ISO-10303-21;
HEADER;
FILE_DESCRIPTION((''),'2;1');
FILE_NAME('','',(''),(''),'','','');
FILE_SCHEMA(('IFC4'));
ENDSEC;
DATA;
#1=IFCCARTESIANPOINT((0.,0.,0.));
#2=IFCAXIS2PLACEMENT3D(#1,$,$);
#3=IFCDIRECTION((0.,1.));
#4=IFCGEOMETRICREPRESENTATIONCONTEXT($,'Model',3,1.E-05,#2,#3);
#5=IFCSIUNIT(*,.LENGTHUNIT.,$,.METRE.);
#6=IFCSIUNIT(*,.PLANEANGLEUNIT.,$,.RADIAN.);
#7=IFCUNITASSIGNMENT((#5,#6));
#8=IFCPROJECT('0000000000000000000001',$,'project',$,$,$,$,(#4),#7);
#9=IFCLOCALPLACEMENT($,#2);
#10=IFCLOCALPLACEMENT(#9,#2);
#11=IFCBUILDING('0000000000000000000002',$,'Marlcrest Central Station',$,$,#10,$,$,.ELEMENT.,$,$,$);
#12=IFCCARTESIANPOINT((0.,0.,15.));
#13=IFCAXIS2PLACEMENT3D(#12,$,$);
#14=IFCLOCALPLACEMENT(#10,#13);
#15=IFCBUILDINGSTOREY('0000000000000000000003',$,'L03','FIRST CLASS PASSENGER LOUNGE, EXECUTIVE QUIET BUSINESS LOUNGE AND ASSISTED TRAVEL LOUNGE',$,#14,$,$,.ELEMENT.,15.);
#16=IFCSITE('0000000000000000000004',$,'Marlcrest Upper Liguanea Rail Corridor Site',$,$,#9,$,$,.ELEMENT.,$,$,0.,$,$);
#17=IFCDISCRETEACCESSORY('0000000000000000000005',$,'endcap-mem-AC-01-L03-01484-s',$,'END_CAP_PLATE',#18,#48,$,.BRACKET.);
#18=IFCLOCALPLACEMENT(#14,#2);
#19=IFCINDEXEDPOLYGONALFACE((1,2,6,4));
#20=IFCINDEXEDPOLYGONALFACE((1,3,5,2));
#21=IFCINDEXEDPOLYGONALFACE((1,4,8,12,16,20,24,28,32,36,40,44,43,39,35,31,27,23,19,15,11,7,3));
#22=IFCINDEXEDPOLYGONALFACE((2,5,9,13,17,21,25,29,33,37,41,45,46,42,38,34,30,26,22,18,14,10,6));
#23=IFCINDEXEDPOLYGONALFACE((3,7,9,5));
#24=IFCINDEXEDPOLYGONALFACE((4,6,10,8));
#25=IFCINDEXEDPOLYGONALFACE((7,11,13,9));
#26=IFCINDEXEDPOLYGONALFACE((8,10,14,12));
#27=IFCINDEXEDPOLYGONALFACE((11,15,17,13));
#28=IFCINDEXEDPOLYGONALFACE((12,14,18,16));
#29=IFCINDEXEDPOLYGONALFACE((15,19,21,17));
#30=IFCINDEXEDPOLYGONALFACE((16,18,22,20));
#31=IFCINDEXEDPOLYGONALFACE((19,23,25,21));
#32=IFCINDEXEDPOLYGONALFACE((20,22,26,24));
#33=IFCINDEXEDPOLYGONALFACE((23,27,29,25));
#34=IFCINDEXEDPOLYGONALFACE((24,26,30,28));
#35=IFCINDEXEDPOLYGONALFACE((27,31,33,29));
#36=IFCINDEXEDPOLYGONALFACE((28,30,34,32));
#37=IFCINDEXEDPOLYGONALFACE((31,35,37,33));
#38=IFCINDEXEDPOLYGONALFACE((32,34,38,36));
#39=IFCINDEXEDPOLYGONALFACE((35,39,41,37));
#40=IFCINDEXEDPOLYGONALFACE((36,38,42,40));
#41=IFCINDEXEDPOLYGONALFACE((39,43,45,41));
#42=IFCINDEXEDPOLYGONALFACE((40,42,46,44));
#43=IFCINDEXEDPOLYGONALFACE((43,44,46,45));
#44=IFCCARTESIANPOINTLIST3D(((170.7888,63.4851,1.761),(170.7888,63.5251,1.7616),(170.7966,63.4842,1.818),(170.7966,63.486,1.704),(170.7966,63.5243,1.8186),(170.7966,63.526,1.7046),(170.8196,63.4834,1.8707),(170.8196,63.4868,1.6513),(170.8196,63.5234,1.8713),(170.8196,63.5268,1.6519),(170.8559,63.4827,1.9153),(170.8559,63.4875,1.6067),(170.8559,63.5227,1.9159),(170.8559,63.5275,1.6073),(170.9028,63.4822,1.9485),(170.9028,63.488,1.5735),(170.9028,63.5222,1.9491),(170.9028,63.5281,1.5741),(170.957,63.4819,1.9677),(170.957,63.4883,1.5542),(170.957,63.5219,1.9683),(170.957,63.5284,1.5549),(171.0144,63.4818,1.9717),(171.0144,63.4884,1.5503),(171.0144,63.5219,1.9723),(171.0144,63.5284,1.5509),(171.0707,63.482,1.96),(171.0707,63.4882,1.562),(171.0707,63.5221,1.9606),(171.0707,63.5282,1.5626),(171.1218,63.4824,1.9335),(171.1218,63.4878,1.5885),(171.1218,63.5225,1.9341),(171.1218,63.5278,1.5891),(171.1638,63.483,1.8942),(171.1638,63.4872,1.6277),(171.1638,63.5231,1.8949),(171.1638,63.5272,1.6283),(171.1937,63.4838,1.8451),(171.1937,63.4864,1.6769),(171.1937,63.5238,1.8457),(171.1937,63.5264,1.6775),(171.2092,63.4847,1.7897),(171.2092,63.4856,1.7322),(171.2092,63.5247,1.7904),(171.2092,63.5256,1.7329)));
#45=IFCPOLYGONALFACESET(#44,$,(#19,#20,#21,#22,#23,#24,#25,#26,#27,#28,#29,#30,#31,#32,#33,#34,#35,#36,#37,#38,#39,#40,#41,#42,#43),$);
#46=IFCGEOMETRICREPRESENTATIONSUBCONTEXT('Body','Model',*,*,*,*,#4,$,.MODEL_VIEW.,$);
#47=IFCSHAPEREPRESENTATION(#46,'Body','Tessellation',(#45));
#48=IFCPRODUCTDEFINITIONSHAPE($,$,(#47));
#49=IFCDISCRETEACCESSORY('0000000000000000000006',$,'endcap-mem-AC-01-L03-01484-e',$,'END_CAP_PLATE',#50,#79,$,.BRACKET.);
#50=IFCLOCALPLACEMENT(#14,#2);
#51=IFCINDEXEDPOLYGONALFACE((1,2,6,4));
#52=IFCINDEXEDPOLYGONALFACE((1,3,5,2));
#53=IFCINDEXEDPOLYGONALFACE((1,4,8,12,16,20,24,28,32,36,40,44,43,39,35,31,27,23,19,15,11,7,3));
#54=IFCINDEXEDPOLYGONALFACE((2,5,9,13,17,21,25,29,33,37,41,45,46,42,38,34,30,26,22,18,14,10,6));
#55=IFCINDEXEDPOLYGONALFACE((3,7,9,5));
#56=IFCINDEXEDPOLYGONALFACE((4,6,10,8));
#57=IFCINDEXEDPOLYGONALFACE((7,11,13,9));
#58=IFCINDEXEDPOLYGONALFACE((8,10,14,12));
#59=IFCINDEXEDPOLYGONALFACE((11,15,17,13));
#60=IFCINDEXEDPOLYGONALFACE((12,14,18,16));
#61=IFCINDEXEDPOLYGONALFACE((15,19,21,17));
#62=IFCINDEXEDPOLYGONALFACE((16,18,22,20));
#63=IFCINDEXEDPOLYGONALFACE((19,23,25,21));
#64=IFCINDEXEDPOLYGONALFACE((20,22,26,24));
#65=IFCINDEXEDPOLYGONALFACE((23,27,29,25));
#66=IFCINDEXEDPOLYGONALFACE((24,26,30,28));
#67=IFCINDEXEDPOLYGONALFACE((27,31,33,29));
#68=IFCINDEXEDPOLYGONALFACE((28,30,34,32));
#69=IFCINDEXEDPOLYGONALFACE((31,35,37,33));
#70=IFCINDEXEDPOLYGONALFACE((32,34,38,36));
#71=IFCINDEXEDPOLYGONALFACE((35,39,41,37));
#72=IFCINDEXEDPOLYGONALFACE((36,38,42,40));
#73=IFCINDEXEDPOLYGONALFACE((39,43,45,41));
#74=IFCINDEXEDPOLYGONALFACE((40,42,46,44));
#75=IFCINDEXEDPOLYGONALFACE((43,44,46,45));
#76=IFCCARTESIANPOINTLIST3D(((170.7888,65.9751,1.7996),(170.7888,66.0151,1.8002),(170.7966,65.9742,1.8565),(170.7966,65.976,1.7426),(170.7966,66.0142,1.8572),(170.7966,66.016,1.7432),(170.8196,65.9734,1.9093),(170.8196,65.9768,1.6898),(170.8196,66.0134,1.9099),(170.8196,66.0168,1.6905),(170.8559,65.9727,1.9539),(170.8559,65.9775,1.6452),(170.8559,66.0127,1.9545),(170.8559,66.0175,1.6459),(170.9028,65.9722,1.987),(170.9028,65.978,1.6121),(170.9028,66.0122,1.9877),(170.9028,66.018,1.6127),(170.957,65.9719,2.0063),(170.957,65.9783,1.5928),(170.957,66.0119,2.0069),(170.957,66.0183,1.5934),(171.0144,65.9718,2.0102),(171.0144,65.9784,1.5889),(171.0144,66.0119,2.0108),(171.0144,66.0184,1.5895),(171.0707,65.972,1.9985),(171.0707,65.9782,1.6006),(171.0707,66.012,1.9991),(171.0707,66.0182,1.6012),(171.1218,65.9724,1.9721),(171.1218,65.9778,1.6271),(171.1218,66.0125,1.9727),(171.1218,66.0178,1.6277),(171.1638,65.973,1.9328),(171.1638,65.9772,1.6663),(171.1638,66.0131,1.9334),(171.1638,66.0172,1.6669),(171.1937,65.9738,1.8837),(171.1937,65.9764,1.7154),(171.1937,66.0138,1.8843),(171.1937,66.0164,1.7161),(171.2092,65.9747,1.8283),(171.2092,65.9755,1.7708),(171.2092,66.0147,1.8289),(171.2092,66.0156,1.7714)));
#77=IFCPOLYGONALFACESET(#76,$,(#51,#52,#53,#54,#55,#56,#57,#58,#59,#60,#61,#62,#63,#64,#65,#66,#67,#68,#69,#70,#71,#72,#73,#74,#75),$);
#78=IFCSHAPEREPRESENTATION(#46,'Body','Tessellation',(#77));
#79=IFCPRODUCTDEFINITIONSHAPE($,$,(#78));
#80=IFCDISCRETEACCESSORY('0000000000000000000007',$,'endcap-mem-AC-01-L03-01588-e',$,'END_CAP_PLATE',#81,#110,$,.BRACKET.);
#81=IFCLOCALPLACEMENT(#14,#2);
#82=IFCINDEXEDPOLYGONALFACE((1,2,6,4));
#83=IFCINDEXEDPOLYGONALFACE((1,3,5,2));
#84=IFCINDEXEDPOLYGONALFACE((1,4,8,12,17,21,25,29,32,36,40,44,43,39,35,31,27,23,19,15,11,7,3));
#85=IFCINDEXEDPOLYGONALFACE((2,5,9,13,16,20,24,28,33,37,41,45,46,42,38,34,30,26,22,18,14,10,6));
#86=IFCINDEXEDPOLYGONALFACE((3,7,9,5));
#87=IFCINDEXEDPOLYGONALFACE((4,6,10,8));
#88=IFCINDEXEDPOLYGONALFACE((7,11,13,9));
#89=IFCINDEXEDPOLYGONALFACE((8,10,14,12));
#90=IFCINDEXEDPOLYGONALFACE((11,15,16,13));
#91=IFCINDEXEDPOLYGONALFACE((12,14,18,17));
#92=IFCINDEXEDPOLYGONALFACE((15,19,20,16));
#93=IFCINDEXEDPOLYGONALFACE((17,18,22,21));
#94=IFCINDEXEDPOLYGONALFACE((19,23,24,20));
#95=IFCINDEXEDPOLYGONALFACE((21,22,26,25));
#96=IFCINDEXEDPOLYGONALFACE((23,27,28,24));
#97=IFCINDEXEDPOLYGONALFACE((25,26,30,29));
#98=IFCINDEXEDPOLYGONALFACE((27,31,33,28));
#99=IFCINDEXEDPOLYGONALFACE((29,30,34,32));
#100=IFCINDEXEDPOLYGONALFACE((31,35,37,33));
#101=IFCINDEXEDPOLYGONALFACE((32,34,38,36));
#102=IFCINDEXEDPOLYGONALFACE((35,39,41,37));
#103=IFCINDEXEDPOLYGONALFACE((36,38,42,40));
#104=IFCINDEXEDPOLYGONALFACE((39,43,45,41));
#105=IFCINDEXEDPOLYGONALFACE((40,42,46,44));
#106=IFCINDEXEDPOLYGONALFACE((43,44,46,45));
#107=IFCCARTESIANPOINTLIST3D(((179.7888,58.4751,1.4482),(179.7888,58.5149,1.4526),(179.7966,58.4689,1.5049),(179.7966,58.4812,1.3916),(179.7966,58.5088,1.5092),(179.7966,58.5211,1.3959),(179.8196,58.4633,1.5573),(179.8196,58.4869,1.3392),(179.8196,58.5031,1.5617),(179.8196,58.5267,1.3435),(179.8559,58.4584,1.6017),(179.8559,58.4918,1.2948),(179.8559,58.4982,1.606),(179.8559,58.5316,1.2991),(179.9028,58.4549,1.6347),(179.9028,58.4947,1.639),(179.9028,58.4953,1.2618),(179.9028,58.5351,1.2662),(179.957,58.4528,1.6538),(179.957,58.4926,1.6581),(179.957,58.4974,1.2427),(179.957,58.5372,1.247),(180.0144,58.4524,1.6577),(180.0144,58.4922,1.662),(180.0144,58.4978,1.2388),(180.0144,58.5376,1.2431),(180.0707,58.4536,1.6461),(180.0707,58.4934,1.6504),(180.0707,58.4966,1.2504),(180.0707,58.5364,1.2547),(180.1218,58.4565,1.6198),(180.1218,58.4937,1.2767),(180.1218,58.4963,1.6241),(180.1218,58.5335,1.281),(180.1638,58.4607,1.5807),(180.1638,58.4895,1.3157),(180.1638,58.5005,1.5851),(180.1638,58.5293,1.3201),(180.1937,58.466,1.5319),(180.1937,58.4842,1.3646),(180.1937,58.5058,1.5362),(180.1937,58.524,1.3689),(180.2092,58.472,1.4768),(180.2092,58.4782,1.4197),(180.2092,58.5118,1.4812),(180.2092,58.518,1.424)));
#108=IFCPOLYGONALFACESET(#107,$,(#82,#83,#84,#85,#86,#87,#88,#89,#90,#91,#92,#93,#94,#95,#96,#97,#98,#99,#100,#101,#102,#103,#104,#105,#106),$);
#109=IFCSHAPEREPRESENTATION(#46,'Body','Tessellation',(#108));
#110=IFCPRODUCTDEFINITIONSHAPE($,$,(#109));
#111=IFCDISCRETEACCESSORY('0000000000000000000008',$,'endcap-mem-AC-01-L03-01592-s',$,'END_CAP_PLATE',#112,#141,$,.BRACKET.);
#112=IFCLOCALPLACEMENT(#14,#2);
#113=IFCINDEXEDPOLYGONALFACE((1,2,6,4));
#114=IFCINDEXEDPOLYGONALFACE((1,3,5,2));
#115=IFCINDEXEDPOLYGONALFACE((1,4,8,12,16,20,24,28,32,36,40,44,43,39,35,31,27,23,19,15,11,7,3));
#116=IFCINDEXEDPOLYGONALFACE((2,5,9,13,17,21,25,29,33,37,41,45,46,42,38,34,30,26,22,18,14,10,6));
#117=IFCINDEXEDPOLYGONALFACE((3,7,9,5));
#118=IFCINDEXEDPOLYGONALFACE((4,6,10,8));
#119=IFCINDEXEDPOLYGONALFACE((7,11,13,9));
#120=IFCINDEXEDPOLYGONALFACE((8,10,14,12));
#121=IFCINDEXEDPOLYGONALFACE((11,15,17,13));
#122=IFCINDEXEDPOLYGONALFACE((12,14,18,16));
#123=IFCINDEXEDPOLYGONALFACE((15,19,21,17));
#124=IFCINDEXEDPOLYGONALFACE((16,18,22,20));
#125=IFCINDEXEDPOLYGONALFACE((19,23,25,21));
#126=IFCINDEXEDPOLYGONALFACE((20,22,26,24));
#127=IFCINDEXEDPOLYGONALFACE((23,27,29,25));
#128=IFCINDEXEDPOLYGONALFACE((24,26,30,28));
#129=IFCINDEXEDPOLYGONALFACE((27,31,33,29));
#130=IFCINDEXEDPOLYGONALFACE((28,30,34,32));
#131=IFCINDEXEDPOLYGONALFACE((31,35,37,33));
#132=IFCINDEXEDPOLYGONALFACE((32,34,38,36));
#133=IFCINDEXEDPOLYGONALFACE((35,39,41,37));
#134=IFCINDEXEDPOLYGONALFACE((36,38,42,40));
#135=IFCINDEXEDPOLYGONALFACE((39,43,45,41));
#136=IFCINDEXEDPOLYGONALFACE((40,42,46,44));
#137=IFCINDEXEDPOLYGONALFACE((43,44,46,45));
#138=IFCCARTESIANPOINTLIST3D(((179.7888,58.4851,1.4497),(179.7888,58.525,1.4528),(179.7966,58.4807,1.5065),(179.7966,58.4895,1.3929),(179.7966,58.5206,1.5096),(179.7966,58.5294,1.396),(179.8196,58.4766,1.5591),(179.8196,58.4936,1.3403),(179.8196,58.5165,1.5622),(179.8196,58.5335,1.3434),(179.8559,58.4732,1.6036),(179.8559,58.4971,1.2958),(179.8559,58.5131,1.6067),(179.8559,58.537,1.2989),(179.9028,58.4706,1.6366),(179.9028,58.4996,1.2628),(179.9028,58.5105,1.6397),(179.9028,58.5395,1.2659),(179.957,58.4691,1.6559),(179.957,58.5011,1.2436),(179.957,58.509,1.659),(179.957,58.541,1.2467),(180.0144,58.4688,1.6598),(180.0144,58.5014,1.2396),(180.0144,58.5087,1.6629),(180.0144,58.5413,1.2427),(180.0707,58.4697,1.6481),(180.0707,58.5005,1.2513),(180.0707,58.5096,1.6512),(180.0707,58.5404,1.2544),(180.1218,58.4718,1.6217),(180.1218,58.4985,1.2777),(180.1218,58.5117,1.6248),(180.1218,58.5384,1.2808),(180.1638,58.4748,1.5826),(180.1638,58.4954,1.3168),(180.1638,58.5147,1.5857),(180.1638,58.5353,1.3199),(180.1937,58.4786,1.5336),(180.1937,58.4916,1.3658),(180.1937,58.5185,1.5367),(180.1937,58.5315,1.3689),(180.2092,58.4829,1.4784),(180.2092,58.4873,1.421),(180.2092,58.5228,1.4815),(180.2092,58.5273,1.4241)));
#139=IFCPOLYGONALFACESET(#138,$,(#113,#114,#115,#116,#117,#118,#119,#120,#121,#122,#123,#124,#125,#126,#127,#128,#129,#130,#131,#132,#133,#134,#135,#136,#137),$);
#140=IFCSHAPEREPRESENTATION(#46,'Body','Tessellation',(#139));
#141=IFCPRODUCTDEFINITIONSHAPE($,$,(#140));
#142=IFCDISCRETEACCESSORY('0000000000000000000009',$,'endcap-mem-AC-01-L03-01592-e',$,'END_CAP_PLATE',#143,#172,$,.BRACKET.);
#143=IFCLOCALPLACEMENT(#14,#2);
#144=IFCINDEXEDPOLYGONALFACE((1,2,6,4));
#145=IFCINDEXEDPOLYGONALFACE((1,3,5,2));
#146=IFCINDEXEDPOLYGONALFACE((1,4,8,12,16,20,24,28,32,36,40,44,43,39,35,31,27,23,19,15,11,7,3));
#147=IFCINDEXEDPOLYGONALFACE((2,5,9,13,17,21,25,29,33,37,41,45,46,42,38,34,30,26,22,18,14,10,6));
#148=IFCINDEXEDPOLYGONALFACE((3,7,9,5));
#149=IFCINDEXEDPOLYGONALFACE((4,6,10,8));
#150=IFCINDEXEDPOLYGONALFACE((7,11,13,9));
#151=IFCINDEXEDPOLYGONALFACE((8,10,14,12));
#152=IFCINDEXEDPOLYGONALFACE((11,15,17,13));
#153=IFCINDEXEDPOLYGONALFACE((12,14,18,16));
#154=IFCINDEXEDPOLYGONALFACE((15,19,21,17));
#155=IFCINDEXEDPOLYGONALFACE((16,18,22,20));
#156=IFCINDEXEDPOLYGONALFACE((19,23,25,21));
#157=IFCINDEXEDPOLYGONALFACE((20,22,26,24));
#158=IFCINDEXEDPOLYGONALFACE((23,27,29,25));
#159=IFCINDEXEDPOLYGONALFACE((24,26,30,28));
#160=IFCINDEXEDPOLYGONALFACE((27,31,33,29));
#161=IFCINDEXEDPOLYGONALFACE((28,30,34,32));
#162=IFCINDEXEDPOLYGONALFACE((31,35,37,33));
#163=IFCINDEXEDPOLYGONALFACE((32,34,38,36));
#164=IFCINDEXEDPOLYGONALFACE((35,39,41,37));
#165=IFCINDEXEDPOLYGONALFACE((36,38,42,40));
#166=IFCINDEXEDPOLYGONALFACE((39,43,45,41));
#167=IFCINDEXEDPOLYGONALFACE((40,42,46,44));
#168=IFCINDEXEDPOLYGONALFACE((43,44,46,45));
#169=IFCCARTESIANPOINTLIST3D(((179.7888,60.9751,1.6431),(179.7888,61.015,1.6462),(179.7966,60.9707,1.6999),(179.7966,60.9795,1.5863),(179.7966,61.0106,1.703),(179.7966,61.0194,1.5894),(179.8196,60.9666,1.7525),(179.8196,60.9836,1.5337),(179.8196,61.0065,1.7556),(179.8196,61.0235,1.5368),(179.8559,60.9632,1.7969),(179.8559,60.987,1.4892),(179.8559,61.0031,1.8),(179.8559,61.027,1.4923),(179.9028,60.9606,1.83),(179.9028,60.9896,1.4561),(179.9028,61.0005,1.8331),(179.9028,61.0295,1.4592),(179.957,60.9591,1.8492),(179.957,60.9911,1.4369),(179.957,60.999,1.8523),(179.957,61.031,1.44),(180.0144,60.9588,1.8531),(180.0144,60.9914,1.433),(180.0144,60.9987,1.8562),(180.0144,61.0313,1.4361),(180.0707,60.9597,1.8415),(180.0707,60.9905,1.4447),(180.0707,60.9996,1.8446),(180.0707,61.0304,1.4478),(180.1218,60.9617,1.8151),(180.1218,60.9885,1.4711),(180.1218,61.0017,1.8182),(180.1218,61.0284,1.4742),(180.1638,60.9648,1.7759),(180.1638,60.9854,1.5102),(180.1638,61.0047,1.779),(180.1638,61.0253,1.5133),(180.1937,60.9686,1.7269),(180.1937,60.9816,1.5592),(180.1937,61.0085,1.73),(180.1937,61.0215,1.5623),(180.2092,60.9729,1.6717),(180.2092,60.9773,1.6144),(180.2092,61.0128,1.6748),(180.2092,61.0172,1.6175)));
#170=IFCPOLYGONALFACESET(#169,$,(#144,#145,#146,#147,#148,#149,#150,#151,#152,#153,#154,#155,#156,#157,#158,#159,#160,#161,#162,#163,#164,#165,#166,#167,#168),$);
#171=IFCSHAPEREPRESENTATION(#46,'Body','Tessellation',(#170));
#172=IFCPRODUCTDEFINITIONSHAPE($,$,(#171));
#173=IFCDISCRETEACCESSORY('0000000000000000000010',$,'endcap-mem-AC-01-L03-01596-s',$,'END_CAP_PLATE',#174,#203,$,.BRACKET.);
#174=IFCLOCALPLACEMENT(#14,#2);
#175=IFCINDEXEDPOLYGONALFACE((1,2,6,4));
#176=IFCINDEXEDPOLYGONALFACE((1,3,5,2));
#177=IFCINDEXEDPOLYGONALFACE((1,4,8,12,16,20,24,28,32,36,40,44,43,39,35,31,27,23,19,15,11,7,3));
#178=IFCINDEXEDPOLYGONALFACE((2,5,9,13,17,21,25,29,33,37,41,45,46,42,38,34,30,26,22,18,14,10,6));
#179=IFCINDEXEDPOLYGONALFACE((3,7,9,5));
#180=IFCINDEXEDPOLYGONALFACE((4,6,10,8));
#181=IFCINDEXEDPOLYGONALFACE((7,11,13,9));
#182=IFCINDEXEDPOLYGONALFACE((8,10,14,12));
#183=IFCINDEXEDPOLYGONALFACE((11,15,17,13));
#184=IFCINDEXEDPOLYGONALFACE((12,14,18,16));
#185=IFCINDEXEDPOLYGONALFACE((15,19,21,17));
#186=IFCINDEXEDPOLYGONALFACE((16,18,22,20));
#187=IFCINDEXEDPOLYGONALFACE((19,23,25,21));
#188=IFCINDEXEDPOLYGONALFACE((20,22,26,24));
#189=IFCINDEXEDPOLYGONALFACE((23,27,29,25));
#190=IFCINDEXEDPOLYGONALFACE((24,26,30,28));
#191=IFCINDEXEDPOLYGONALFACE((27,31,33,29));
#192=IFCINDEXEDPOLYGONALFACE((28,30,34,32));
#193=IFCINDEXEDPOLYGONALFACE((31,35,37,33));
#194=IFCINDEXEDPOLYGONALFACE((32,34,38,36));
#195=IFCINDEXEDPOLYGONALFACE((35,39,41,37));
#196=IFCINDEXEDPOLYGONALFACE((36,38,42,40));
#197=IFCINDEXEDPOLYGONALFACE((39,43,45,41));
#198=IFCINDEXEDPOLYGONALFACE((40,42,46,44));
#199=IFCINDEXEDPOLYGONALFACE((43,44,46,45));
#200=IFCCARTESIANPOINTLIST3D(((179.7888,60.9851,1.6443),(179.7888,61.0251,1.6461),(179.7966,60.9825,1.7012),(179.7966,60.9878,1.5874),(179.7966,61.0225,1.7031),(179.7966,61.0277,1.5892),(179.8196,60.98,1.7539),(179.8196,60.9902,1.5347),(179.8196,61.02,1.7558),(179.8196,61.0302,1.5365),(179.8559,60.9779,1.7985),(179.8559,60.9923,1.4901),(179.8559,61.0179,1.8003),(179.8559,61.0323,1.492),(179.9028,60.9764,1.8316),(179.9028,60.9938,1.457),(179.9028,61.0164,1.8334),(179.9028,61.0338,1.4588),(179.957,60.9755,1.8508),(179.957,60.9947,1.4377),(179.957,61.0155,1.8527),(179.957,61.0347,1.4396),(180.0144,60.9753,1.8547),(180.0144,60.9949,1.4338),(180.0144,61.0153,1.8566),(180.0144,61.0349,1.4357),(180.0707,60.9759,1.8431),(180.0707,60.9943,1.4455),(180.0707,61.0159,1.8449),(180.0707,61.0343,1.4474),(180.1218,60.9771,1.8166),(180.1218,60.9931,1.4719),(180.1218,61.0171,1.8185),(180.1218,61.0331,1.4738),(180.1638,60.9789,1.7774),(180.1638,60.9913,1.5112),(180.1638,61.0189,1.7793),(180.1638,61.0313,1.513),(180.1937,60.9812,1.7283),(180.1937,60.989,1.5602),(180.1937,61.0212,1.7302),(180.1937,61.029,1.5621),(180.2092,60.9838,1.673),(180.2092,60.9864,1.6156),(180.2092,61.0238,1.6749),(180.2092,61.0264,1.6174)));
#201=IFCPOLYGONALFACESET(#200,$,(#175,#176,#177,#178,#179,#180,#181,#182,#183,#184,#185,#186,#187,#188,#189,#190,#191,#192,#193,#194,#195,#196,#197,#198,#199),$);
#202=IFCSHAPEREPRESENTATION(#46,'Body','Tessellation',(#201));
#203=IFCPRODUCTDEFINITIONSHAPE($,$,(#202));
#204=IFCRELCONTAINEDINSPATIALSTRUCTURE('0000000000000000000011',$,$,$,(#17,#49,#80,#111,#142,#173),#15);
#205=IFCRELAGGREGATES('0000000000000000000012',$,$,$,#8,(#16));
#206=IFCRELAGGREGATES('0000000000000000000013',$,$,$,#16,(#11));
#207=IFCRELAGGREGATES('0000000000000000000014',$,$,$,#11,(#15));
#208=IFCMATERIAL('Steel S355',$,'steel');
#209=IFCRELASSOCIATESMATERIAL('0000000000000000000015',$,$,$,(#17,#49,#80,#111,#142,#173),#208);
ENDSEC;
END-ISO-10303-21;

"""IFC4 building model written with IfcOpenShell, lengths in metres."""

from ifc_helpers import new_model, si_unit, direction, frame, origin, origin_2d, place, context, subcontext, project, spatial, circle, extrude, material, element, save


model = new_model("IFC4")

# Units and contexts
model_context = context("Model", 3, precision=1e-05, world=origin(), true_north=direction((0.0, 1.0)))
body_context = subcontext(model_context, "Body", "Model", "MODEL_VIEW")
ifc_project = project(units=[si_unit("LENGTHUNIT", "METRE"), si_unit("PLANEANGLEUNIT", "RADIAN")], contexts=[model_context])

# Site, building, storey
site_placement = place(None, origin())
site = spatial("IfcSite", under=ifc_project, at=site_placement, Name="Marlcrest Upper Liguanea Rail Corridor Site", CompositionType="ELEMENT", RefElevation=0.0)
building_placement = place(site_placement, origin())
building = spatial("IfcBuilding", under=site, at=building_placement, Name="Marlcrest Central Station", CompositionType="ELEMENT")
storey_placement = place(building_placement, frame((0.0, 0.0, 15.0)))
storey = spatial("IfcBuildingStorey", under=building, at=storey_placement, Name="L03", Description="FIRST CLASS PASSENGER LOUNGE, EXECUTIVE QUIET BUSINESS LOUNGE AND ASSISTED TRAVEL LOUNGE", CompositionType="ELEMENT", Elevation=15.0)

# Shared definitions
ifc_material_1 = material(Name="Steel S355", Category="steel")

# Discrete accessories
for number, where, z_axis, x_axis, name in (
    (1, (171.0, 63.4851, 1.761), (0.0, 0.999879, 0.015525), (-1.0, 0.0, 0.0), "endcap-mem-AC-01-L03-01484-s"),
    (2, (171.0, 65.9751, 1.7996), (0.0, 0.999879, 0.015525), (-1.0, 0.0, 0.0), "endcap-mem-AC-01-L03-01484-e"),
    (3, (180.0, 58.4751, 1.4482), (0.0, 0.994155, 0.107959), (-1.0, 0.0, 0.0), "endcap-mem-AC-01-L03-01588-e"),
    (4, (180.0, 58.4851, 1.4497), (0.0, 0.997, 0.077404), (-1.0, 0.0, 0.0), "endcap-mem-AC-01-L03-01592-s"),
    (5, (180.0, 60.9751, 1.6431), (0.0, 0.997, 0.077404), (-1.0, 0.0, 0.0), "endcap-mem-AC-01-L03-01592-e"),
    (6, (180.0, 60.9851, 1.6443), (0.0, 0.998921, 0.046434), (-1.0, 0.0, 0.0), "endcap-mem-AC-01-L03-01596-s"),
):
    element("IfcDiscreteAccessory", number, at=place(storey_placement, frame(where, z_axis=z_axis, x_axis=x_axis)), inside=storey, material=ifc_material_1, Name=name, ObjectType="END_CAP_PLATE", PredefinedType="BRACKET", context=body_context, shape_type="SweptSolid", body=[
        extrude(circle(Radius=0.2112, at=origin_2d()), origin(), (0.0, 0.0, 1.0), 0.04),
    ])

save(model, "model.ifc")
